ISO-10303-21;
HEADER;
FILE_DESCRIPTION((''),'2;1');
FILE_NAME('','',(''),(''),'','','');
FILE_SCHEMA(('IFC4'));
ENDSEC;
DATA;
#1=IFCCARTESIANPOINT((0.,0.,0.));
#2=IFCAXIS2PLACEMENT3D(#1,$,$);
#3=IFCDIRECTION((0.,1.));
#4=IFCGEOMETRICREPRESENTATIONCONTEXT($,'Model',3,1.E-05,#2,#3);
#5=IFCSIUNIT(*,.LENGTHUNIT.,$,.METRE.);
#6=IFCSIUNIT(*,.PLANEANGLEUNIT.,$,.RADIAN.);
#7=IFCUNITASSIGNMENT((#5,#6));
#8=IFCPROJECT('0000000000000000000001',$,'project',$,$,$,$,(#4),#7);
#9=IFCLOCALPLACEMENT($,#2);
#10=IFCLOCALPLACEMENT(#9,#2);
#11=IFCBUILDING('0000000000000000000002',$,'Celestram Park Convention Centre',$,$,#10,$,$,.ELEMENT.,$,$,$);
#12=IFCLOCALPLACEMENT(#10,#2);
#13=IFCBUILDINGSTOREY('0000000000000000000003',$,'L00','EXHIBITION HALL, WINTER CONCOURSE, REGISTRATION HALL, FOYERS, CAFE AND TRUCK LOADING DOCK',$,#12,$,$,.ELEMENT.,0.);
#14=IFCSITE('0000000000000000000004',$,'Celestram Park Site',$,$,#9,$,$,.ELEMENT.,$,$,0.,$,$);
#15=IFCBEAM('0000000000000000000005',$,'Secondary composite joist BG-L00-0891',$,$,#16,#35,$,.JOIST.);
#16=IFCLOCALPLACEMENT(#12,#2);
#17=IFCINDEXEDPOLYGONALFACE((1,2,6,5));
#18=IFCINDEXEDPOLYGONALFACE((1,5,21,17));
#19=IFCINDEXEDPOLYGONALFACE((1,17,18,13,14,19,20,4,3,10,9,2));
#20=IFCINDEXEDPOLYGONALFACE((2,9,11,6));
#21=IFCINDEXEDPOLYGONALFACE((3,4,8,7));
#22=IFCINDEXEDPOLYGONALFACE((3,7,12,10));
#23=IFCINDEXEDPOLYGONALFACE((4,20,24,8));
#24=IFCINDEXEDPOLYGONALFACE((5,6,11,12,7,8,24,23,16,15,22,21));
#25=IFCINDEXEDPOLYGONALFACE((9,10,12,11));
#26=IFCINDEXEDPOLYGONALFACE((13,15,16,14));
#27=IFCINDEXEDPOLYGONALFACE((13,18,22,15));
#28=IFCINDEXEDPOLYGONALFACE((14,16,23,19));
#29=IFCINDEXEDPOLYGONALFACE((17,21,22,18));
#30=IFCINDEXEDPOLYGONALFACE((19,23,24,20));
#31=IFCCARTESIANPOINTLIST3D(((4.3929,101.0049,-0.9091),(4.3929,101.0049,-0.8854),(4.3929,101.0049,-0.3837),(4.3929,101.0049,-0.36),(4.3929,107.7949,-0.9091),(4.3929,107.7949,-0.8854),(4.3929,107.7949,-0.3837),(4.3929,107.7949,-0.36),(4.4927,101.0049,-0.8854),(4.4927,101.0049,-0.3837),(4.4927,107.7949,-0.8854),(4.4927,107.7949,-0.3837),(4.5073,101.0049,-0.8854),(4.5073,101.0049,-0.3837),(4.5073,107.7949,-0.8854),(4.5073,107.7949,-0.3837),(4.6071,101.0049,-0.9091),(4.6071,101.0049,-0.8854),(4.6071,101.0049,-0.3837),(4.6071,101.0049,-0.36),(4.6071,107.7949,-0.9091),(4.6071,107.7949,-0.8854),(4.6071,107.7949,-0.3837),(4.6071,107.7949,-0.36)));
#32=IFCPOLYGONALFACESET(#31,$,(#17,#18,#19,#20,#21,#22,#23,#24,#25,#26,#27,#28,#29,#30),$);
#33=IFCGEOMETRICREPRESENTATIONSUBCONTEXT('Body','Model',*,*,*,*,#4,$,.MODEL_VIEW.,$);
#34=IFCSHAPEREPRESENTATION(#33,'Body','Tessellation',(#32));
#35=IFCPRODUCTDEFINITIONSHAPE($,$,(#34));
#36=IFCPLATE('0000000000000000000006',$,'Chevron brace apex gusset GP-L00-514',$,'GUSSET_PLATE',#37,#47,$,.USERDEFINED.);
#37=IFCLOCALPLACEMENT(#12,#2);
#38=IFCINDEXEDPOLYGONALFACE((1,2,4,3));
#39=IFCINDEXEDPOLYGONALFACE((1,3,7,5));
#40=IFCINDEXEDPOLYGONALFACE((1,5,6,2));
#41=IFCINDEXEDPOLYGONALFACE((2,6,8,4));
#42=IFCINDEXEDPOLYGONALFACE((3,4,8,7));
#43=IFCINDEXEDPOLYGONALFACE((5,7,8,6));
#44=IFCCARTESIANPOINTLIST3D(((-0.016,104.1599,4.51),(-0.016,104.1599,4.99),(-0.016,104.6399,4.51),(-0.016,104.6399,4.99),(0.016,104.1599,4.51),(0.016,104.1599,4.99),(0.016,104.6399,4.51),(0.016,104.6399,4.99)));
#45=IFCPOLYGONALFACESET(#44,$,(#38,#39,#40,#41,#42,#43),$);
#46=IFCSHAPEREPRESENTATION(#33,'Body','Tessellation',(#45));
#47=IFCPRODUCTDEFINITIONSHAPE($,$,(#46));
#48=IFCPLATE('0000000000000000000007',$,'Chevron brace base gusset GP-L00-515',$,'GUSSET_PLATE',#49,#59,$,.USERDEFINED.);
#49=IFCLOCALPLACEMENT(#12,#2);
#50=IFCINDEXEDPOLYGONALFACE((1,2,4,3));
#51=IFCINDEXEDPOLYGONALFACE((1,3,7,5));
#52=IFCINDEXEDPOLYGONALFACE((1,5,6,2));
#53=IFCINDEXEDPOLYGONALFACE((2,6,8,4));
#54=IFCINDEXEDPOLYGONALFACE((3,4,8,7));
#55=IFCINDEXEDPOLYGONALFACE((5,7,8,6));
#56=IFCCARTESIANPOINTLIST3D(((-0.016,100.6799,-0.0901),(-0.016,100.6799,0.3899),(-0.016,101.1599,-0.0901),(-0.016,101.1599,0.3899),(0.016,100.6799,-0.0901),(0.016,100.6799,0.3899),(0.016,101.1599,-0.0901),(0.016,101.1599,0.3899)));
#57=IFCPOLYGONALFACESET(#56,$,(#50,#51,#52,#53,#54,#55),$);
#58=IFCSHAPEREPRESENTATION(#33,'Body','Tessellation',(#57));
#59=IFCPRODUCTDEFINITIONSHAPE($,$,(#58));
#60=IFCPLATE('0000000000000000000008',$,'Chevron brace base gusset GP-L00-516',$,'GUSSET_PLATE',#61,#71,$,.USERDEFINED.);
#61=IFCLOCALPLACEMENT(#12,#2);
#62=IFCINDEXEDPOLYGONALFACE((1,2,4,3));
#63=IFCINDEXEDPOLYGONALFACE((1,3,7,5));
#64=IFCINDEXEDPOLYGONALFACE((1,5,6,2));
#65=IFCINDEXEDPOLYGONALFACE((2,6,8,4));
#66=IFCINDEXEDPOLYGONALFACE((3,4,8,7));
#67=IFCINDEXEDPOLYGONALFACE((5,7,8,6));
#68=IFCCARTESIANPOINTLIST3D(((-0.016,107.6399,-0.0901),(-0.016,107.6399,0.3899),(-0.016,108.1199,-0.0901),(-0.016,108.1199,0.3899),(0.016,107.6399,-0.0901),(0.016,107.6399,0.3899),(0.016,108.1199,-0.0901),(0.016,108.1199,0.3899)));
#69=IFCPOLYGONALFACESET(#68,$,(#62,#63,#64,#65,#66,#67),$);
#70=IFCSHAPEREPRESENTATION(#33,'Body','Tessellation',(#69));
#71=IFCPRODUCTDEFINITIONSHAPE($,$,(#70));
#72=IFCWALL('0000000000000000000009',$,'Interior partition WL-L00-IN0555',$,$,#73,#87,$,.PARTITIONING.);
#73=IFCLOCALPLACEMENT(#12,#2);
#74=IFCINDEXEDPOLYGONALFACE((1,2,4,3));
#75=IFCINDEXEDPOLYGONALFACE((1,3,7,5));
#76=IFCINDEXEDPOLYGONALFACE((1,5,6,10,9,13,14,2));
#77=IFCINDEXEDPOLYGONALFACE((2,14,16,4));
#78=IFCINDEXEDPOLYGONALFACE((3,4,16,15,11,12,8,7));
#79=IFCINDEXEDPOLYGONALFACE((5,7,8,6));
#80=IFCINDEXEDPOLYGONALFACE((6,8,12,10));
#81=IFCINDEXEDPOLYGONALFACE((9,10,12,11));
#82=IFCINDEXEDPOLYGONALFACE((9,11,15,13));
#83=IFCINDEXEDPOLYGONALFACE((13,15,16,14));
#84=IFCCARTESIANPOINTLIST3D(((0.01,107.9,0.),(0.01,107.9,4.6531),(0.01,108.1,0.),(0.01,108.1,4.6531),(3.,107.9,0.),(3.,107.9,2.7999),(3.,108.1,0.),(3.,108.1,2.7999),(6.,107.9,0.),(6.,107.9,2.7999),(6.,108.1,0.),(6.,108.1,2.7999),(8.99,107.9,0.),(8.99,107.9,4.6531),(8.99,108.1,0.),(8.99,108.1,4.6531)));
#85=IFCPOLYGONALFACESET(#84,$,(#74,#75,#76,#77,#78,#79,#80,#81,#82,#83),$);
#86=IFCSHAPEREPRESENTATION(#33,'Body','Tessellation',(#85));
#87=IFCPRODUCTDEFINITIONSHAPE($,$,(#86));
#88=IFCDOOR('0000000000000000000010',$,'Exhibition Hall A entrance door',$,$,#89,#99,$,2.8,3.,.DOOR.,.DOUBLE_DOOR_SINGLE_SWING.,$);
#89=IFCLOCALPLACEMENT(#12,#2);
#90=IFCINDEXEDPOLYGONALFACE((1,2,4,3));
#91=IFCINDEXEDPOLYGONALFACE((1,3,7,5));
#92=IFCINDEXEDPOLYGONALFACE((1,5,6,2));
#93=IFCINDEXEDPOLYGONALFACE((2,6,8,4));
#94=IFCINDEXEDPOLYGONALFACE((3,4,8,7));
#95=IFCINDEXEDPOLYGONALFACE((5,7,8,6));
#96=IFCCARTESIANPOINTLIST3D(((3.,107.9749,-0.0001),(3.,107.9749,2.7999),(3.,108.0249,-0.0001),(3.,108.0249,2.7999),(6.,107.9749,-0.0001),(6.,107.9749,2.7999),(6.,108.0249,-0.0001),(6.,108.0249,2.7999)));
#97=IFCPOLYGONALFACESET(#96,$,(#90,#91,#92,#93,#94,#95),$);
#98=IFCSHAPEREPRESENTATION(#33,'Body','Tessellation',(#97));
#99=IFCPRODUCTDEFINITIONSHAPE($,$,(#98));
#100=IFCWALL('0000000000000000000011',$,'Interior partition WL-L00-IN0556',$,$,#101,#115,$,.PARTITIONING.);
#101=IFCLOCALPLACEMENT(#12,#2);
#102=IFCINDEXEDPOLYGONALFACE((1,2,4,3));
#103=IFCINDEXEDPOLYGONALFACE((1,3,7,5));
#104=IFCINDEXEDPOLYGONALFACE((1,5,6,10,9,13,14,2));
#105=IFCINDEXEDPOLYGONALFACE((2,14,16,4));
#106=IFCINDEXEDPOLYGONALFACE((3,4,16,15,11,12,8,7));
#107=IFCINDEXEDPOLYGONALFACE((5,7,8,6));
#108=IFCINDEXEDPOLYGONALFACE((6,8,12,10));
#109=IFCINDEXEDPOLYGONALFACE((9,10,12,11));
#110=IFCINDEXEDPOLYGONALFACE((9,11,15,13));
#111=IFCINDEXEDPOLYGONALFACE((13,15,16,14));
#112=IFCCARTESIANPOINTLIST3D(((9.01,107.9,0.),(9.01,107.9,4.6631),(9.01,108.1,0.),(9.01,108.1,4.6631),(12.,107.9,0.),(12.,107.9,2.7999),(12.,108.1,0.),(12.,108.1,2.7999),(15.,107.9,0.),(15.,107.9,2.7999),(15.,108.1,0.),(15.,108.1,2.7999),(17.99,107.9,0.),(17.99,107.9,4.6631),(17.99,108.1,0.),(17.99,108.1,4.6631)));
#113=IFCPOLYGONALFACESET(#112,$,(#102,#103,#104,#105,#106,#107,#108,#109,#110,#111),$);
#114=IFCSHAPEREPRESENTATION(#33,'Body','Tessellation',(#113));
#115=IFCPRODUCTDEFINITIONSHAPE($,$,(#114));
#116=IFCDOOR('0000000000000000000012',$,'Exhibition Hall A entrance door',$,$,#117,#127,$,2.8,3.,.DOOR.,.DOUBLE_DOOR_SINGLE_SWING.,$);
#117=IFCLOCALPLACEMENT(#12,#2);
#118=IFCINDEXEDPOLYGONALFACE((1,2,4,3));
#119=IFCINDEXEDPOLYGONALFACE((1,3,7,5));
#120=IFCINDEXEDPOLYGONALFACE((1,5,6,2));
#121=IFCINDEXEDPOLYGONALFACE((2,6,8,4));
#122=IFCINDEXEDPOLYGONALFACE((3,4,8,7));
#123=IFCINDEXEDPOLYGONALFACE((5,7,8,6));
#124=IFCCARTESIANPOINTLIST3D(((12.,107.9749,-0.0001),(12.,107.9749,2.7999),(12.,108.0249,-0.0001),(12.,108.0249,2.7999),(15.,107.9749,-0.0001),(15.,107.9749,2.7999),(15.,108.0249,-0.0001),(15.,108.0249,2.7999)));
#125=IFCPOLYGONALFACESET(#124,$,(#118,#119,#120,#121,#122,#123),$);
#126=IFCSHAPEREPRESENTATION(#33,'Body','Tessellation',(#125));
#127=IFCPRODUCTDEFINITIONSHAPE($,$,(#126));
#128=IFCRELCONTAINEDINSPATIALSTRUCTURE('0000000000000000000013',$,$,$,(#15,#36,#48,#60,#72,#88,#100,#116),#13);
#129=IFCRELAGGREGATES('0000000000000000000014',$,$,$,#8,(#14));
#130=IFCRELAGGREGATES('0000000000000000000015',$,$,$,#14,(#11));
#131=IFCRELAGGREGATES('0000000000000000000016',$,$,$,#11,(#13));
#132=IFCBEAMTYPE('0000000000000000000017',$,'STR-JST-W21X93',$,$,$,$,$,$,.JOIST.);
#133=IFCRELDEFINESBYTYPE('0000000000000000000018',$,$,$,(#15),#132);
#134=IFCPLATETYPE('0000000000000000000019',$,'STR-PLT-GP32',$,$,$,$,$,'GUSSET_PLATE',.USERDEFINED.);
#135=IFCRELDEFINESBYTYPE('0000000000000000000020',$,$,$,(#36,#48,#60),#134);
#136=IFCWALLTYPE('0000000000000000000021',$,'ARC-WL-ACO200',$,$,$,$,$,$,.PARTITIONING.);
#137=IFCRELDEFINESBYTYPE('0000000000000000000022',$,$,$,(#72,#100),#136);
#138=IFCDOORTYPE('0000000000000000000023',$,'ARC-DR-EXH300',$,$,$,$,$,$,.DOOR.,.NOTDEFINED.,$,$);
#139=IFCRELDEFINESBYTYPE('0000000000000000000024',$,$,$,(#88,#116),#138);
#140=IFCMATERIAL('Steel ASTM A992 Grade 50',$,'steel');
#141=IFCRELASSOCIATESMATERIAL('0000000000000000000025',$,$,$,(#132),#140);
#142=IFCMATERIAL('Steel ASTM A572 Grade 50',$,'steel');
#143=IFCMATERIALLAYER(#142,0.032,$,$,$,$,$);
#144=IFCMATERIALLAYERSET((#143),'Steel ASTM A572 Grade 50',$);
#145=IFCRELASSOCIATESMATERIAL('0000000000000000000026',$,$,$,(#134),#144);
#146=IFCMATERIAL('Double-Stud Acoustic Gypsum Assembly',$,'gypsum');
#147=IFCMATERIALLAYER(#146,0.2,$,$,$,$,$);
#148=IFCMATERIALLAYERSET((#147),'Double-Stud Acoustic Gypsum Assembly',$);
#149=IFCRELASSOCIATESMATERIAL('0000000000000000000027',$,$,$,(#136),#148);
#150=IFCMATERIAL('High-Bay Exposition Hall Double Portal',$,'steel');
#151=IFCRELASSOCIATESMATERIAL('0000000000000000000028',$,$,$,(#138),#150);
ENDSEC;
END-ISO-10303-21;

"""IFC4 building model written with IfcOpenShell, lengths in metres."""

from ifc_helpers import new_model, si_unit, direction, frame, frame_2d, origin, origin_2d, place, context, subcontext, project, spatial, rectangle, i_section, extrude, material, layer, layer_set, material_profile, profile_set, type_object, element, fill, save


model = new_model("IFC4")

# Units and contexts
model_context = context("Model", 3, precision=1e-05, world=origin(), true_north=direction((0.0, 1.0)))
body_context = subcontext(model_context, "Body", "Model", "MODEL_VIEW")
ifc_project = project(units=[si_unit("LENGTHUNIT", "METRE"), si_unit("PLANEANGLEUNIT", "RADIAN")], contexts=[model_context])

# Site, building, storey
site_placement = place(None, origin())
site = spatial("IfcSite", under=ifc_project, at=site_placement, Name="Celestram Park Site", CompositionType="ELEMENT", RefElevation=0.0)
building_placement = place(site_placement, origin())
building = spatial("IfcBuilding", under=site, at=building_placement, Name="Celestram Park Convention Centre", CompositionType="ELEMENT")
storey_placement = place(building_placement, origin())
storey = spatial("IfcBuildingStorey", under=building, at=storey_placement, Name="L00", Description="EXHIBITION HALL, WINTER CONCOURSE, REGISTRATION HALL, FOYERS, CAFE AND TRUCK LOADING DOCK", CompositionType="ELEMENT", Elevation=0.0)

# Shared definitions
ifc_material_1 = material(Name="Steel ASTM A992 Grade 50", Category="steel")

# Beam
ifc_material_profile_1 = material_profile(ifc_material_1, i_section(OverallWidth=0.2141, OverallDepth=0.5491, WebThickness=0.0146, FlangeThickness=0.0237, at=origin_2d()), Name="W21X93")
ifc_profile_set_1 = profile_set([ifc_material_profile_1], Name="Steel ASTM A992 Grade 50")
beam_type_1 = type_object("IfcBeamType", Name="STR-JST-W21X93", PredefinedType="JOIST", material=ifc_profile_set_1)
for number, where, z_axis, x_axis, name in (
    (1, (4.5, 101.0049, -0.6345), (0.0, 1.0, 0.0), (-1.0, 0.0, 0.0), "Secondary composite joist BG-L00-0891"),
):
    element("IfcBeam", number, at=place(storey_placement, frame(where, z_axis=z_axis, x_axis=x_axis)), inside=storey, type_object=beam_type_1, Name=name, PredefinedType="JOIST", context=body_context, shape_type="SweptSolid", body=[
        extrude(i_section(OverallWidth=0.2141, OverallDepth=0.5491, WebThickness=0.0146, FlangeThickness=0.0237, at=origin_2d()), origin(), (0.0, 0.0, 1.0), 6.79),
    ])

# Plates
ifc_material_2 = material(Name="Steel ASTM A572 Grade 50", Category="steel")
ifc_layer_1 = layer(ifc_material_2, 0.032)
ifc_layer_set_1 = layer_set([ifc_layer_1], Name="Steel ASTM A572 Grade 50")
plate_type = type_object("IfcPlateType", Name="STR-PLT-GP32", ElementType="GUSSET_PLATE", PredefinedType="USERDEFINED", material=ifc_layer_set_1)
for number, where, z_axis, x_axis, name in (
    (2, (0.0, 104.3999, 4.51), (0.0, 0.0, 1.0), (0.0, 1.0, 0.0), "Chevron brace apex gusset GP-L00-514"),
    (3, (0.0, 100.9199, -0.0901), (0.0, 0.0, 1.0), (0.0, 1.0, 0.0), "Chevron brace base gusset GP-L00-515"),
    (4, (0.0, 107.8799, -0.0901), (0.0, 0.0, 1.0), (0.0, 1.0, 0.0), "Chevron brace base gusset GP-L00-516"),
):
    element("IfcPlate", number, at=place(storey_placement, frame(where, z_axis=z_axis, x_axis=x_axis)), inside=storey, type_object=plate_type, Name=name, ObjectType="GUSSET_PLATE", PredefinedType="USERDEFINED", context=body_context, shape_type="SweptSolid", body=[
        extrude(rectangle(XDim=0.48, YDim=0.032, at=origin_2d()), origin(), (0.0, 0.0, 1.0), 0.48),
    ])

# Walls, openings, doors
ifc_material_3 = material(Name="Double-Stud Acoustic Gypsum Assembly", Category="gypsum")
ifc_layer_2 = layer(ifc_material_3, 0.2)
ifc_layer_set_2 = layer_set([ifc_layer_2], Name="Double-Stud Acoustic Gypsum Assembly")
wall_type_1 = type_object("IfcWallType", Name="ARC-WL-ACO200", PredefinedType="PARTITIONING", material=ifc_layer_set_2)
wall_1_placement = place(storey_placement, frame((0.01, 108.0, 0.0), z_axis=(0.0, 0.0, 1.0), x_axis=(1.0, 0.0, 0.0)))
wall_1 = element("IfcWall", 5, at=wall_1_placement, inside=storey, type_object=wall_type_1, Name="Interior partition WL-L00-IN0555", PredefinedType="PARTITIONING", context=body_context, shape_type="SweptSolid", body=[
    extrude(rectangle(XDim=8.98, YDim=0.2, at=frame_2d((4.49, 0.0))), origin(), (0.0, 0.0, 1.0), 4.6531),
])
opening_1_placement = place(wall_1_placement, frame((2.99, 0.0, 0.0)))
opening_1 = element("IfcOpeningElement", 6, at=opening_1_placement, cuts=wall_1, PredefinedType="OPENING", context=body_context, shape_type="SweptSolid", body=[
    extrude(rectangle(XDim=3.0, YDim=2.8, at=frame_2d((1.5, 1.3999))), frame((0.0, 0.1099, 0.0), z_axis=(0.0, -1.0, 0.0), x_axis=(1.0, 0.0, 0.0)), (0.0, 0.0, 1.0), 0.22),
])
ifc_material_4 = material(Name="High-Bay Exposition Hall Double Portal", Category="steel")
door_type_1 = type_object("IfcDoorType", Name="ARC-DR-EXH300", OperationType="NOTDEFINED", PredefinedType="DOOR", material=ifc_material_4)
door_1_placement = place(opening_1_placement, origin())
door_1 = element("IfcDoor", 7, at=door_1_placement, inside=storey, type_object=door_type_1, Name="Exhibition Hall A entrance door", OperationType="DOUBLE_DOOR_SINGLE_SWING", OverallHeight=2.8, OverallWidth=3.0, PredefinedType="DOOR", context=body_context, shape_type="SweptSolid", body=[
    extrude(rectangle(XDim=3.0, YDim=2.8, at=frame_2d((1.5, 1.3999))), frame((0.0, 0.0249, 0.0), z_axis=(0.0, -1.0, 0.0), x_axis=(1.0, 0.0, 0.0)), (0.0, 0.0, 1.0), 0.05),
])
fill(opening_1, door_1)
wall_2_placement = place(storey_placement, frame((9.01, 108.0, 0.0), z_axis=(0.0, 0.0, 1.0), x_axis=(1.0, 0.0, 0.0)))
wall_2 = element("IfcWall", 8, at=wall_2_placement, inside=storey, type_object=wall_type_1, Name="Interior partition WL-L00-IN0556", PredefinedType="PARTITIONING", context=body_context, shape_type="SweptSolid", body=[
    extrude(rectangle(XDim=8.98, YDim=0.2, at=frame_2d((4.49, 0.0))), origin(), (0.0, 0.0, 1.0), 4.6631),
])
opening_2_placement = place(wall_2_placement, frame((2.99, 0.0, 0.0)))
opening_2 = element("IfcOpeningElement", 9, at=opening_2_placement, cuts=wall_2, PredefinedType="OPENING", context=body_context, shape_type="SweptSolid", body=[
    extrude(rectangle(XDim=3.0, YDim=2.8, at=frame_2d((1.5, 1.3999))), frame((0.0, 0.1099, 0.0), z_axis=(0.0, -1.0, 0.0), x_axis=(1.0, 0.0, 0.0)), (0.0, 0.0, 1.0), 0.22),
])
door_2_placement = place(opening_2_placement, origin())
door_2 = element("IfcDoor", 10, at=door_2_placement, inside=storey, type_object=door_type_1, Name="Exhibition Hall A entrance door", OperationType="DOUBLE_DOOR_SINGLE_SWING", OverallHeight=2.8, OverallWidth=3.0, PredefinedType="DOOR", context=body_context, shape_type="SweptSolid", body=[
    extrude(rectangle(XDim=3.0, YDim=2.8, at=frame_2d((1.5, 1.3999))), frame((0.0, 0.0249, 0.0), z_axis=(0.0, -1.0, 0.0), x_axis=(1.0, 0.0, 0.0)), (0.0, 0.0, 1.0), 0.05),
])
fill(opening_2, door_2)

save(model, "model.ifc")
